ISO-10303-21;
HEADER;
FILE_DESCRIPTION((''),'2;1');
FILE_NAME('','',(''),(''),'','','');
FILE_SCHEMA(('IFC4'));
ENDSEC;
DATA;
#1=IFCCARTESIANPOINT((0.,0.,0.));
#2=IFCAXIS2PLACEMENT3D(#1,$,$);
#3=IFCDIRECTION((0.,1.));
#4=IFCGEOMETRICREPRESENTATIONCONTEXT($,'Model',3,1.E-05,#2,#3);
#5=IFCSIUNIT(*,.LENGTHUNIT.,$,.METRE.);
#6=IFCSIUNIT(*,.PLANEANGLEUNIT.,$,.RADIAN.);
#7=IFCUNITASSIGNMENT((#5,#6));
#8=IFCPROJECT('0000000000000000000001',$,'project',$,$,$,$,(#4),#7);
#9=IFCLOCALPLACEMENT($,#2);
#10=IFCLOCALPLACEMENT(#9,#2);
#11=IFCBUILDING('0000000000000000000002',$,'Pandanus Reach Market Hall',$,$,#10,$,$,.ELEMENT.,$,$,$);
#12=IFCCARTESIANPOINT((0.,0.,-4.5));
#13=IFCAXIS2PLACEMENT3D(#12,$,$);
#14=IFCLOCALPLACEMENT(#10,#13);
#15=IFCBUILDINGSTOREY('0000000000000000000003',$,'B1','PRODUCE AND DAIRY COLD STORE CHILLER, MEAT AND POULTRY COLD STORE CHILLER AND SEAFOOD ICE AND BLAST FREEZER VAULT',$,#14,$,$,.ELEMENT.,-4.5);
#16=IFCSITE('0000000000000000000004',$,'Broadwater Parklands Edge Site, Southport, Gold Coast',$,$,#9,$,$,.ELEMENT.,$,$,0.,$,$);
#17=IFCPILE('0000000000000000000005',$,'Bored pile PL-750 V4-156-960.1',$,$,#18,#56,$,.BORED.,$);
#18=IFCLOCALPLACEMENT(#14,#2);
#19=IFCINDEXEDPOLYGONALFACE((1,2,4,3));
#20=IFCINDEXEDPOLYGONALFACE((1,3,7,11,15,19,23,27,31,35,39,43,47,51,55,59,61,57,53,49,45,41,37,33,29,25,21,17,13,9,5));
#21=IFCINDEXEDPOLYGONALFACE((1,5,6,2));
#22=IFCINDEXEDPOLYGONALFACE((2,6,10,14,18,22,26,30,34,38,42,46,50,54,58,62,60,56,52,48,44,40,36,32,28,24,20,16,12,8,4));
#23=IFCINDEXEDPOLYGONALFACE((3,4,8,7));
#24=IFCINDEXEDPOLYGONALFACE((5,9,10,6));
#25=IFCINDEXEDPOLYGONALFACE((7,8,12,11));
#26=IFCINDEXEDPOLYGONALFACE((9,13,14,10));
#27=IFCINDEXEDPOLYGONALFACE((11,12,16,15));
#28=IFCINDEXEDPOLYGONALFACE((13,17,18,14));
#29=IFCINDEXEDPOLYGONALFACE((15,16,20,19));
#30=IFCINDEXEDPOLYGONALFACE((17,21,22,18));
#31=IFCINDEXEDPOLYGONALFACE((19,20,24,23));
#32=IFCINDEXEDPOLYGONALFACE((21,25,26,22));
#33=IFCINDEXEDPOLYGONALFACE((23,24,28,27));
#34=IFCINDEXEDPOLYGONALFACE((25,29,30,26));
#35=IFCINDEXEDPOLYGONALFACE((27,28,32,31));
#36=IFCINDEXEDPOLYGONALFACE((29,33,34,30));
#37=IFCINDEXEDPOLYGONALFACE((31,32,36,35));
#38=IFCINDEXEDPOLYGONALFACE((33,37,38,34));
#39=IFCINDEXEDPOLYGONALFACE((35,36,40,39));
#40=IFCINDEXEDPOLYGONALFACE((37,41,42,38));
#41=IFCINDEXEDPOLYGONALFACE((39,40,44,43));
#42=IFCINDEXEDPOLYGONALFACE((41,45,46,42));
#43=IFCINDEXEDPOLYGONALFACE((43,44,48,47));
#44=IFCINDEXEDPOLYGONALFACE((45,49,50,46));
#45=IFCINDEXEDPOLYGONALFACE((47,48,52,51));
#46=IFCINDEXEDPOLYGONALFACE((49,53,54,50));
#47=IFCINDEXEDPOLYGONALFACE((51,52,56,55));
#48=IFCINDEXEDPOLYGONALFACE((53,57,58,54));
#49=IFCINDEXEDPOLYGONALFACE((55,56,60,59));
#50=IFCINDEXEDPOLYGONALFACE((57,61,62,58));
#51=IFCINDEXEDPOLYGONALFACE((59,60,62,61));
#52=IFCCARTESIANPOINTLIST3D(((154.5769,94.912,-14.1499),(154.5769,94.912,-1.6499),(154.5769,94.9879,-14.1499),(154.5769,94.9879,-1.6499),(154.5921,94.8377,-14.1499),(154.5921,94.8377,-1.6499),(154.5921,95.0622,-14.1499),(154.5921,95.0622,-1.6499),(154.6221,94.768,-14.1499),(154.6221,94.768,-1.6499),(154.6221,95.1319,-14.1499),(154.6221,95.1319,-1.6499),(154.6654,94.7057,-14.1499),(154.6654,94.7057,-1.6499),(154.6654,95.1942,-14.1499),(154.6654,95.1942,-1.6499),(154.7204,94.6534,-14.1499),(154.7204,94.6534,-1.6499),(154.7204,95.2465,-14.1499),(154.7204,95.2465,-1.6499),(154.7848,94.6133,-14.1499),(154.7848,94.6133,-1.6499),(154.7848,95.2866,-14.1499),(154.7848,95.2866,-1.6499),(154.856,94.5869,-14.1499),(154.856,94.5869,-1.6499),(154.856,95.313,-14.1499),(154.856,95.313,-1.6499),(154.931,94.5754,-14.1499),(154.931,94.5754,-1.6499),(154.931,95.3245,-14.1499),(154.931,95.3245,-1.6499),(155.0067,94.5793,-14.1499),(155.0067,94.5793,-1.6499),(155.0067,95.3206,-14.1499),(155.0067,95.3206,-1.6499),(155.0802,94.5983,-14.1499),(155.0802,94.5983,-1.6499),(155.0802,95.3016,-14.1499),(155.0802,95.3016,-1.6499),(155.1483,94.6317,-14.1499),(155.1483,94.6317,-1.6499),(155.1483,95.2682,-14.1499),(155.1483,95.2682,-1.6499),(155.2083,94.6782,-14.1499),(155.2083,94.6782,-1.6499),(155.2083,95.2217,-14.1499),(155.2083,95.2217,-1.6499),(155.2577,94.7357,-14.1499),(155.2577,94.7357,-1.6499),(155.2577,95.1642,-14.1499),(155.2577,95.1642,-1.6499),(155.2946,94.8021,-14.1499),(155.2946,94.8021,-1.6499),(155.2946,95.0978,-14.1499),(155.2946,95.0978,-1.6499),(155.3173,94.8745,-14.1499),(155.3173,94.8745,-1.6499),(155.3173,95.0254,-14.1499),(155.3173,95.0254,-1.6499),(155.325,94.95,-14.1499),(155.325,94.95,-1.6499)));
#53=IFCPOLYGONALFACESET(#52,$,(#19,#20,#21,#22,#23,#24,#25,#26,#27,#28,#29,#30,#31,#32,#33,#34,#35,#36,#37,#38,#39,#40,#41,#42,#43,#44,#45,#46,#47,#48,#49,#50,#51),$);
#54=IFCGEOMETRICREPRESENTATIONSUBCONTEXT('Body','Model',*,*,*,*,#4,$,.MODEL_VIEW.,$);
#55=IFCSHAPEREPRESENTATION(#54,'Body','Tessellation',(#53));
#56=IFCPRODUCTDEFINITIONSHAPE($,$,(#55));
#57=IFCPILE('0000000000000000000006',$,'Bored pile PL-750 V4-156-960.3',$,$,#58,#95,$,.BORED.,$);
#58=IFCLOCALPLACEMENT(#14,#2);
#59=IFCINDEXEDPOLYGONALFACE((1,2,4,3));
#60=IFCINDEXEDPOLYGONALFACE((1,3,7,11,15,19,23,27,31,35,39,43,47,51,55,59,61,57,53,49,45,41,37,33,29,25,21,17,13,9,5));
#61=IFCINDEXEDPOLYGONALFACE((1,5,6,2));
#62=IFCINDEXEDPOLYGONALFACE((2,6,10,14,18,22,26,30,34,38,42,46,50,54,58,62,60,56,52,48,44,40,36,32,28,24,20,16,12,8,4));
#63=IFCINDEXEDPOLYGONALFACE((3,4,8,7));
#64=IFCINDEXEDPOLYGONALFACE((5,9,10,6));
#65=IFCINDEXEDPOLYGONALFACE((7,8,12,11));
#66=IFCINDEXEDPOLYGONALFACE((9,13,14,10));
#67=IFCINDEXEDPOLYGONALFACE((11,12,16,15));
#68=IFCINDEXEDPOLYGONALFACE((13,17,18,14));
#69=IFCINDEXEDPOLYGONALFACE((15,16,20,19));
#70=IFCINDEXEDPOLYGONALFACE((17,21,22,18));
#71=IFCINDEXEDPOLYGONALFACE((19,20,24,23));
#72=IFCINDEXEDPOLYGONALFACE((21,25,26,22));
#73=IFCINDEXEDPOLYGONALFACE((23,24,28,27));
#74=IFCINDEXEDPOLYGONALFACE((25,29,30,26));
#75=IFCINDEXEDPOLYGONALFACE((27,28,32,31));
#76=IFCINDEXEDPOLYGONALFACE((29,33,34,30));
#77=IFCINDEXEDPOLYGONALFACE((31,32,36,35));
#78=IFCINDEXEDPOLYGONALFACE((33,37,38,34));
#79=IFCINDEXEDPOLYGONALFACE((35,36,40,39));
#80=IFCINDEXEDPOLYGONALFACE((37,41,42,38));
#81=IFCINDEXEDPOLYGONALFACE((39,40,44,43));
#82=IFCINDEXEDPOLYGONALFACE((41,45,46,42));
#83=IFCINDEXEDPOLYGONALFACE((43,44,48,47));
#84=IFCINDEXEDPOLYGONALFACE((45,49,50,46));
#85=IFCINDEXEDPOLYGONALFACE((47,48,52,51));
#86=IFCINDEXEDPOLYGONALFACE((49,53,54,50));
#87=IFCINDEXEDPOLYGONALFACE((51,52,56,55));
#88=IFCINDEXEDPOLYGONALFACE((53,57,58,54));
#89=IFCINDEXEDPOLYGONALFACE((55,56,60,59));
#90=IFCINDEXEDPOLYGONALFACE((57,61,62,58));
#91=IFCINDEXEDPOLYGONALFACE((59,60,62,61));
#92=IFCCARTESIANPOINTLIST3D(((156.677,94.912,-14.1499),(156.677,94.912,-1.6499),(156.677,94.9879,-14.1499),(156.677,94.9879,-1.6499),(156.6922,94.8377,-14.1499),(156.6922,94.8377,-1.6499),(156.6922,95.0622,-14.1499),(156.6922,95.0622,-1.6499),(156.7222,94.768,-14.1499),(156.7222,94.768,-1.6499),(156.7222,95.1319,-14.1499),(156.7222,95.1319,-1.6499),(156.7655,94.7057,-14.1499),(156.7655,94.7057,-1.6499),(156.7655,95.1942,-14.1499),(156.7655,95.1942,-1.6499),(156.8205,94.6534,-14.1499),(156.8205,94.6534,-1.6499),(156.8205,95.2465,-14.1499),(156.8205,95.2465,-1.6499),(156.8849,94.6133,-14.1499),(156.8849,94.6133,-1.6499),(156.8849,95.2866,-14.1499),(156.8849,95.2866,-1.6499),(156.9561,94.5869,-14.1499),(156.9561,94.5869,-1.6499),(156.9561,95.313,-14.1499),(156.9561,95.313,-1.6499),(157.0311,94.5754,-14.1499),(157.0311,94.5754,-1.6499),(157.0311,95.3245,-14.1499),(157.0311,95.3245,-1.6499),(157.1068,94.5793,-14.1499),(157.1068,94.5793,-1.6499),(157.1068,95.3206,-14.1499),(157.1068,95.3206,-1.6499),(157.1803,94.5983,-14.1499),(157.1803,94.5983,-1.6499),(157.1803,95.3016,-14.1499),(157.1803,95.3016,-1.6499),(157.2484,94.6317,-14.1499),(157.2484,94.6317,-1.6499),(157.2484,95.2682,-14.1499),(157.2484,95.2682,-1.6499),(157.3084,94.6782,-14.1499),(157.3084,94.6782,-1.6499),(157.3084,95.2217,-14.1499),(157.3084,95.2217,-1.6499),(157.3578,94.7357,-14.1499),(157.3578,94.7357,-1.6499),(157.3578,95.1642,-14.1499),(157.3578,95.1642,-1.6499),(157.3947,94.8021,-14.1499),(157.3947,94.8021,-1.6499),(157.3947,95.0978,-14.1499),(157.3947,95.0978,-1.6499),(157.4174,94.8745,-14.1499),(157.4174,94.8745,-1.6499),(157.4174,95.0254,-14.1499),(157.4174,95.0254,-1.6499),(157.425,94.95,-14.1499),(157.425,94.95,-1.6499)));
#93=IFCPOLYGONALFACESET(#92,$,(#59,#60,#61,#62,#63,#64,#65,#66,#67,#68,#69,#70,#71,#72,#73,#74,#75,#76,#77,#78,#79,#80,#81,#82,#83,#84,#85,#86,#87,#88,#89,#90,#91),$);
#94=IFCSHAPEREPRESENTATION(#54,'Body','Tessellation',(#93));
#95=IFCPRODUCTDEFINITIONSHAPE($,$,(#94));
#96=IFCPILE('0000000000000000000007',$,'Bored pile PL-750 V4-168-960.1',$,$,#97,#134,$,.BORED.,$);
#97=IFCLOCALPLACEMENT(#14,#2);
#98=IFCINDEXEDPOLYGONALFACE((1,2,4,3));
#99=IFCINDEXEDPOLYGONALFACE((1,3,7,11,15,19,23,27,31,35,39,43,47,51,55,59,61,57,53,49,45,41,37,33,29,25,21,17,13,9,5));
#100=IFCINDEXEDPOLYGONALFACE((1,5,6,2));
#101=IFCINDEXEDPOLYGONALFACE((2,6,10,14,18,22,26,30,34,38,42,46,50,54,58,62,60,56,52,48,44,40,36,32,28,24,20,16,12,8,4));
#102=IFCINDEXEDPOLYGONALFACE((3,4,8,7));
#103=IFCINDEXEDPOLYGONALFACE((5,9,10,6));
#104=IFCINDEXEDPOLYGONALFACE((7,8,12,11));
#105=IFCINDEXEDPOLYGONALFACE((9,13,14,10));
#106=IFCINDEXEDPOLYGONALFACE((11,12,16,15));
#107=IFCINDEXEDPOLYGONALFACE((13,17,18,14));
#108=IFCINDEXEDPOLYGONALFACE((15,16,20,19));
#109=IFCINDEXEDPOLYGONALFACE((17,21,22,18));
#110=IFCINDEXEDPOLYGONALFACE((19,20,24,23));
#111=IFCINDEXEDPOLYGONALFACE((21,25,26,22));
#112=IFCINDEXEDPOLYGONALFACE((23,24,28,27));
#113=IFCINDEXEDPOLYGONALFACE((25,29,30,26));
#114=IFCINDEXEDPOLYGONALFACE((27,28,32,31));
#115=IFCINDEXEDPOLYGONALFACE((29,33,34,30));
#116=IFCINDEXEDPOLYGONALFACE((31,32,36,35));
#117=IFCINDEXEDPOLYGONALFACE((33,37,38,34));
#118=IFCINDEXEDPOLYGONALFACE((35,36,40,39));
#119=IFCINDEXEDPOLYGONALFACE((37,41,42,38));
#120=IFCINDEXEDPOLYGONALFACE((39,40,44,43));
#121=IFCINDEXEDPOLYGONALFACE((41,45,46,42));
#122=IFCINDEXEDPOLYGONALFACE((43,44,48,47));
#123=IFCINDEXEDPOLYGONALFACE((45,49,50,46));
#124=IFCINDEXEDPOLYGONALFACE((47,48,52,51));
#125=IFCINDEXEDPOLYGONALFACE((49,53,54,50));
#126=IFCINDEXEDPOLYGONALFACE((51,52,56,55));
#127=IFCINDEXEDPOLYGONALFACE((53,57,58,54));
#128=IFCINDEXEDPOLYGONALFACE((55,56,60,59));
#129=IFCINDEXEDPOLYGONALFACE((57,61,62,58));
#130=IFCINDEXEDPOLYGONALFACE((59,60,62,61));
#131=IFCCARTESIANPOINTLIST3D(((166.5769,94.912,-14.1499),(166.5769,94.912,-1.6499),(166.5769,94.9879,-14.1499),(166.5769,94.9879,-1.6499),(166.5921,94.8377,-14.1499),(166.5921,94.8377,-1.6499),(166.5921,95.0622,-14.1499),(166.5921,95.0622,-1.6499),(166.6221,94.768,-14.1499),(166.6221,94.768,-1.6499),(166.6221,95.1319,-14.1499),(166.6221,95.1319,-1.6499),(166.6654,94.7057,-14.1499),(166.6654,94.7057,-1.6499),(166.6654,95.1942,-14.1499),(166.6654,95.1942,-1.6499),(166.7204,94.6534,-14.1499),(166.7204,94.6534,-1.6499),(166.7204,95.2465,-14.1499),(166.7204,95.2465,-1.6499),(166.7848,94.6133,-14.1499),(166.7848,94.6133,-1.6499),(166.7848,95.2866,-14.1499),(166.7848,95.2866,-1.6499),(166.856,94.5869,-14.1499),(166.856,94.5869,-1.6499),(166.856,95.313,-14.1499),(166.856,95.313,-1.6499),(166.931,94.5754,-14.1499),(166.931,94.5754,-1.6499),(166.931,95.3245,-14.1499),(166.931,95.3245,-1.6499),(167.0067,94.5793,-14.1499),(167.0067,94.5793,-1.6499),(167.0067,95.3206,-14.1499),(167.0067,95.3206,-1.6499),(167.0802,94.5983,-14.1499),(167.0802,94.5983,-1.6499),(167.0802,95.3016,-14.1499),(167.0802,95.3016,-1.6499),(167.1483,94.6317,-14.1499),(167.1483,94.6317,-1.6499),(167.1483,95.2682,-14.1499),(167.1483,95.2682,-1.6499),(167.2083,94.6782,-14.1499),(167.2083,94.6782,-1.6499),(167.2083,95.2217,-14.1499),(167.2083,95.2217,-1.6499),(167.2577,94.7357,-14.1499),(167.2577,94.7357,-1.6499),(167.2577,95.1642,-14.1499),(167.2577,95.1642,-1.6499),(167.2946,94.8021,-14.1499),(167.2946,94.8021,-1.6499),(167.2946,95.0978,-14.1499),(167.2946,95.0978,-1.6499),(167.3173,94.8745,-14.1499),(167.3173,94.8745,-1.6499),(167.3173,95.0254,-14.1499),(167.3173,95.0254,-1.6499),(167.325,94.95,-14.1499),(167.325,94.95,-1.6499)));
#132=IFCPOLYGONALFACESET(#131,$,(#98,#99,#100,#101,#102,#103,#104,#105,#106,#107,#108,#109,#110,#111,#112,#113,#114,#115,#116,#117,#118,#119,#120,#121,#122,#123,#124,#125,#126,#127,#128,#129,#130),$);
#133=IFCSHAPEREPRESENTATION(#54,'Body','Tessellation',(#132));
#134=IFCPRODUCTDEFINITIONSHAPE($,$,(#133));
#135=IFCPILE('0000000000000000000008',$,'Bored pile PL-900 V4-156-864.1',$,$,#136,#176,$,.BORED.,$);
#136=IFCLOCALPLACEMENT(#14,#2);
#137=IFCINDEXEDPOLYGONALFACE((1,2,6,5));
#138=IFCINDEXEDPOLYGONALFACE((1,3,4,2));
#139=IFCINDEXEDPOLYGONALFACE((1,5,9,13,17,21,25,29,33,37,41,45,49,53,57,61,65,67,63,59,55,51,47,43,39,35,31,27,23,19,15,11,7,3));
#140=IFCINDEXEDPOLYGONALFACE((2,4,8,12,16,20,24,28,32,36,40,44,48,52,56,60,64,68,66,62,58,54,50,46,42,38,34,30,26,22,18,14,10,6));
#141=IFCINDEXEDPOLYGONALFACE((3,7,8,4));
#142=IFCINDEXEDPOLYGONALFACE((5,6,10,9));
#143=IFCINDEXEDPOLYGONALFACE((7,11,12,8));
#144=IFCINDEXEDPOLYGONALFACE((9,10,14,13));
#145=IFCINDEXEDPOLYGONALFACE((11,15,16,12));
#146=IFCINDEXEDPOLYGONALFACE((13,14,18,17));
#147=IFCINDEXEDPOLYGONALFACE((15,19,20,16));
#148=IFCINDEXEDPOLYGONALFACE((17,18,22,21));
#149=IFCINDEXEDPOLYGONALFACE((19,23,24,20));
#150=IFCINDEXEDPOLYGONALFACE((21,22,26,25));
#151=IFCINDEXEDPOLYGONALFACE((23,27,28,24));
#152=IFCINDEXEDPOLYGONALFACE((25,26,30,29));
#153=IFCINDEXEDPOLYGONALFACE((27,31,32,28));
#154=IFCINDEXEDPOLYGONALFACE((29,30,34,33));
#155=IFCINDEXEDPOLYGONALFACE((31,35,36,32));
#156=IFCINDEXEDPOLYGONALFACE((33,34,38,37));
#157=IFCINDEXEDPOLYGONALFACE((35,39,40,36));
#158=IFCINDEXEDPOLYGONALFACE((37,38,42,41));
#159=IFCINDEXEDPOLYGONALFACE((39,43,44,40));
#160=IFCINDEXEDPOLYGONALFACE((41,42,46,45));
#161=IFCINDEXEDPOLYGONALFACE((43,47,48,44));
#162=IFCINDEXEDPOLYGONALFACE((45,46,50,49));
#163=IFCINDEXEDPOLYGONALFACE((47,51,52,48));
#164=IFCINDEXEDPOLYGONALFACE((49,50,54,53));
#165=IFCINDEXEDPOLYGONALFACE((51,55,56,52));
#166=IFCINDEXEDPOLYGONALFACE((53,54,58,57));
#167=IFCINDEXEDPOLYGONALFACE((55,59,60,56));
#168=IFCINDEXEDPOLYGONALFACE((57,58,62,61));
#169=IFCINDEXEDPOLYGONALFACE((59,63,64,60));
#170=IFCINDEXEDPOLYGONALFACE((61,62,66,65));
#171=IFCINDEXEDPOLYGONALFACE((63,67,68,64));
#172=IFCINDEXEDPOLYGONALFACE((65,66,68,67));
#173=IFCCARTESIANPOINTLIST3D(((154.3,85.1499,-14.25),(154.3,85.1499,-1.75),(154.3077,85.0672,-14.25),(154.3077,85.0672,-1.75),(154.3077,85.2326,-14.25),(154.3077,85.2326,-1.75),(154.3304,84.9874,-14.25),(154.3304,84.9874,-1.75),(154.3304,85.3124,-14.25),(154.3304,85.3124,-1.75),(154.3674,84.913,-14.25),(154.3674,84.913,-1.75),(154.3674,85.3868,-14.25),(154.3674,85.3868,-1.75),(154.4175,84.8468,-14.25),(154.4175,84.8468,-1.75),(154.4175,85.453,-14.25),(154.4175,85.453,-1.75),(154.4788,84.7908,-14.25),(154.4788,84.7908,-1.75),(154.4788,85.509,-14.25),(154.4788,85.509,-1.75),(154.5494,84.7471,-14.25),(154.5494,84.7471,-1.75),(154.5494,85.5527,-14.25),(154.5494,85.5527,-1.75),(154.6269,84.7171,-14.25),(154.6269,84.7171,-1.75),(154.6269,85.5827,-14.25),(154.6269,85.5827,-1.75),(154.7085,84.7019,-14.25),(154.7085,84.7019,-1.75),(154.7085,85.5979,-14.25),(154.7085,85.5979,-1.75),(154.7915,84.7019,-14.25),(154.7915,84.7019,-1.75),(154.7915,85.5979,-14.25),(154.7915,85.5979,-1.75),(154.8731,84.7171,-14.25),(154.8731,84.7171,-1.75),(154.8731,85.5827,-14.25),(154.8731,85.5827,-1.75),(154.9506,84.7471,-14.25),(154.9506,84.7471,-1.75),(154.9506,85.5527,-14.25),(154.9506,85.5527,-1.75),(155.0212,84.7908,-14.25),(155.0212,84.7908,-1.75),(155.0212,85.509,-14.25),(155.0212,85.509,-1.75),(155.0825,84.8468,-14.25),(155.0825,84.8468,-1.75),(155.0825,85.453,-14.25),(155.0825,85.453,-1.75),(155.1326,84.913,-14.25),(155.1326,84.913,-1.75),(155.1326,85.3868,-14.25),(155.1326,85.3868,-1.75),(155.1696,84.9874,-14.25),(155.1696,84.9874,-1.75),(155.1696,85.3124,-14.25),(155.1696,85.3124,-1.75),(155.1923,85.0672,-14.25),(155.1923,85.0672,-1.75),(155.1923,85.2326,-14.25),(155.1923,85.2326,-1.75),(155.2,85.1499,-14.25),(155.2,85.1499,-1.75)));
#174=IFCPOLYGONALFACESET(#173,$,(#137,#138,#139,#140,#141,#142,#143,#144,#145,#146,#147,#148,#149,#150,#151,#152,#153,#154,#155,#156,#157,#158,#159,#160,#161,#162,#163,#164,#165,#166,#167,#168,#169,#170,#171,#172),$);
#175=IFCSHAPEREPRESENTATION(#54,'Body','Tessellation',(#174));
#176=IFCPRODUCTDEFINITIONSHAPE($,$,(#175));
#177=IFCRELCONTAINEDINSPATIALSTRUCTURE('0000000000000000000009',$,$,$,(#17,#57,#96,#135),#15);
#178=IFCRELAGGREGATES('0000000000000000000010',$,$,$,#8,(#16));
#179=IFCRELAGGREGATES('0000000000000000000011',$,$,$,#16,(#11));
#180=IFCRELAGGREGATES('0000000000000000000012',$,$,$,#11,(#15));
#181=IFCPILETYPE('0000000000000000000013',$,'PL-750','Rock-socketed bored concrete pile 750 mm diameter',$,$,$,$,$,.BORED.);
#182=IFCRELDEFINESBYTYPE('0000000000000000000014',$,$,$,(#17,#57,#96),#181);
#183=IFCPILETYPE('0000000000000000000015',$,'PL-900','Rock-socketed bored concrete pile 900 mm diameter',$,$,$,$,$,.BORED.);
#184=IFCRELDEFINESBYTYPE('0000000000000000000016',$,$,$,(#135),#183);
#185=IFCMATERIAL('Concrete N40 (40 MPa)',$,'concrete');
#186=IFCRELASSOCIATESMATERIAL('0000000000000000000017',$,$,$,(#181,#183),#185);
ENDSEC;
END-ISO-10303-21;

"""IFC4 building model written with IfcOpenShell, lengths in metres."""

from ifc_helpers import new_model, si_unit, direction, frame, origin, origin_2d, place, context, subcontext, project, spatial, circle, extrude, material, material_profile, profile_set, type_object, element, save


model = new_model("IFC4")

# Units and contexts
model_context = context("Model", 3, precision=1e-05, world=origin(), true_north=direction((0.0, 1.0)))
body_context = subcontext(model_context, "Body", "Model", "MODEL_VIEW")
ifc_project = project(units=[si_unit("LENGTHUNIT", "METRE"), si_unit("PLANEANGLEUNIT", "RADIAN")], contexts=[model_context])

# Site, building, storey
site_placement = place(None, origin())
site = spatial("IfcSite", under=ifc_project, at=site_placement, Name="Broadwater Parklands Edge Site, Southport, Gold Coast", CompositionType="ELEMENT", RefElevation=0.0)
building_placement = place(site_placement, origin())
building = spatial("IfcBuilding", under=site, at=building_placement, Name="Pandanus Reach Market Hall", CompositionType="ELEMENT")
storey_placement = place(building_placement, frame((0.0, 0.0, -4.5)))
storey = spatial("IfcBuildingStorey", under=building, at=storey_placement, Name="B1", Description="PRODUCE AND DAIRY COLD STORE CHILLER, MEAT AND POULTRY COLD STORE CHILLER AND SEAFOOD ICE AND BLAST FREEZER VAULT", CompositionType="ELEMENT", Elevation=-4.5)

# Shared definitions
ifc_material_1 = material(Name="Concrete N40 (40 MPa)", Category="concrete")

# Piles
ifc_material_profile_1 = material_profile(ifc_material_1, circle(Radius=0.375, at=origin_2d()), Name="PILE-750D", Category="LoadBearing")
ifc_profile_set_1 = profile_set([ifc_material_profile_1], Name="Concrete N40 (40 MPa)")
pile_type_1 = type_object("IfcPileType", Name="PL-750", Description="Rock-socketed bored concrete pile 750 mm diameter", PredefinedType="BORED", material=ifc_profile_set_1)
for number, where, z_axis, x_axis, name in (
    (1, (154.95, 94.95, -1.6499), (0.0, 0.0, -1.0), (1.0, 0.0, 0.0), "Bored pile PL-750 V4-156-960.1"),
    (2, (157.05, 94.95, -1.6499), (0.0, 0.0, -1.0), (1.0, 0.0, 0.0), "Bored pile PL-750 V4-156-960.3"),
    (3, (166.95, 94.95, -1.6499), (0.0, 0.0, -1.0), (1.0, 0.0, 0.0), "Bored pile PL-750 V4-168-960.1"),
):
    element("IfcPile", number, at=place(storey_placement, frame(where, z_axis=z_axis, x_axis=x_axis)), inside=storey, type_object=pile_type_1, Name=name, PredefinedType="BORED", context=body_context, shape_type="SweptSolid", body=[
        extrude(circle(Radius=0.375, at=origin_2d()), origin(), (0.0, 0.0, 1.0), 12.5),
    ])
ifc_material_profile_2 = material_profile(ifc_material_1, circle(Radius=0.45, at=origin_2d()), Name="PILE-900D", Category="LoadBearing")
ifc_profile_set_2 = profile_set([ifc_material_profile_2], Name="Concrete N40 (40 MPa)")
pile_type_2 = type_object("IfcPileType", Name="PL-900", Description="Rock-socketed bored concrete pile 900 mm diameter", PredefinedType="BORED", material=ifc_profile_set_2)
for number, where, z_axis, x_axis, name in (
    (4, (154.75, 85.1499, -1.75), (0.0, 0.0, -1.0), (1.0, 0.0, 0.0), "Bored pile PL-900 V4-156-864.1"),
):
    element("IfcPile", number, at=place(storey_placement, frame(where, z_axis=z_axis, x_axis=x_axis)), inside=storey, type_object=pile_type_2, Name=name, PredefinedType="BORED", context=body_context, shape_type="SweptSolid", body=[
        extrude(circle(Radius=0.45, at=origin_2d()), origin(), (0.0, 0.0, 1.0), 12.5),
    ])

save(model, "model.ifc")
